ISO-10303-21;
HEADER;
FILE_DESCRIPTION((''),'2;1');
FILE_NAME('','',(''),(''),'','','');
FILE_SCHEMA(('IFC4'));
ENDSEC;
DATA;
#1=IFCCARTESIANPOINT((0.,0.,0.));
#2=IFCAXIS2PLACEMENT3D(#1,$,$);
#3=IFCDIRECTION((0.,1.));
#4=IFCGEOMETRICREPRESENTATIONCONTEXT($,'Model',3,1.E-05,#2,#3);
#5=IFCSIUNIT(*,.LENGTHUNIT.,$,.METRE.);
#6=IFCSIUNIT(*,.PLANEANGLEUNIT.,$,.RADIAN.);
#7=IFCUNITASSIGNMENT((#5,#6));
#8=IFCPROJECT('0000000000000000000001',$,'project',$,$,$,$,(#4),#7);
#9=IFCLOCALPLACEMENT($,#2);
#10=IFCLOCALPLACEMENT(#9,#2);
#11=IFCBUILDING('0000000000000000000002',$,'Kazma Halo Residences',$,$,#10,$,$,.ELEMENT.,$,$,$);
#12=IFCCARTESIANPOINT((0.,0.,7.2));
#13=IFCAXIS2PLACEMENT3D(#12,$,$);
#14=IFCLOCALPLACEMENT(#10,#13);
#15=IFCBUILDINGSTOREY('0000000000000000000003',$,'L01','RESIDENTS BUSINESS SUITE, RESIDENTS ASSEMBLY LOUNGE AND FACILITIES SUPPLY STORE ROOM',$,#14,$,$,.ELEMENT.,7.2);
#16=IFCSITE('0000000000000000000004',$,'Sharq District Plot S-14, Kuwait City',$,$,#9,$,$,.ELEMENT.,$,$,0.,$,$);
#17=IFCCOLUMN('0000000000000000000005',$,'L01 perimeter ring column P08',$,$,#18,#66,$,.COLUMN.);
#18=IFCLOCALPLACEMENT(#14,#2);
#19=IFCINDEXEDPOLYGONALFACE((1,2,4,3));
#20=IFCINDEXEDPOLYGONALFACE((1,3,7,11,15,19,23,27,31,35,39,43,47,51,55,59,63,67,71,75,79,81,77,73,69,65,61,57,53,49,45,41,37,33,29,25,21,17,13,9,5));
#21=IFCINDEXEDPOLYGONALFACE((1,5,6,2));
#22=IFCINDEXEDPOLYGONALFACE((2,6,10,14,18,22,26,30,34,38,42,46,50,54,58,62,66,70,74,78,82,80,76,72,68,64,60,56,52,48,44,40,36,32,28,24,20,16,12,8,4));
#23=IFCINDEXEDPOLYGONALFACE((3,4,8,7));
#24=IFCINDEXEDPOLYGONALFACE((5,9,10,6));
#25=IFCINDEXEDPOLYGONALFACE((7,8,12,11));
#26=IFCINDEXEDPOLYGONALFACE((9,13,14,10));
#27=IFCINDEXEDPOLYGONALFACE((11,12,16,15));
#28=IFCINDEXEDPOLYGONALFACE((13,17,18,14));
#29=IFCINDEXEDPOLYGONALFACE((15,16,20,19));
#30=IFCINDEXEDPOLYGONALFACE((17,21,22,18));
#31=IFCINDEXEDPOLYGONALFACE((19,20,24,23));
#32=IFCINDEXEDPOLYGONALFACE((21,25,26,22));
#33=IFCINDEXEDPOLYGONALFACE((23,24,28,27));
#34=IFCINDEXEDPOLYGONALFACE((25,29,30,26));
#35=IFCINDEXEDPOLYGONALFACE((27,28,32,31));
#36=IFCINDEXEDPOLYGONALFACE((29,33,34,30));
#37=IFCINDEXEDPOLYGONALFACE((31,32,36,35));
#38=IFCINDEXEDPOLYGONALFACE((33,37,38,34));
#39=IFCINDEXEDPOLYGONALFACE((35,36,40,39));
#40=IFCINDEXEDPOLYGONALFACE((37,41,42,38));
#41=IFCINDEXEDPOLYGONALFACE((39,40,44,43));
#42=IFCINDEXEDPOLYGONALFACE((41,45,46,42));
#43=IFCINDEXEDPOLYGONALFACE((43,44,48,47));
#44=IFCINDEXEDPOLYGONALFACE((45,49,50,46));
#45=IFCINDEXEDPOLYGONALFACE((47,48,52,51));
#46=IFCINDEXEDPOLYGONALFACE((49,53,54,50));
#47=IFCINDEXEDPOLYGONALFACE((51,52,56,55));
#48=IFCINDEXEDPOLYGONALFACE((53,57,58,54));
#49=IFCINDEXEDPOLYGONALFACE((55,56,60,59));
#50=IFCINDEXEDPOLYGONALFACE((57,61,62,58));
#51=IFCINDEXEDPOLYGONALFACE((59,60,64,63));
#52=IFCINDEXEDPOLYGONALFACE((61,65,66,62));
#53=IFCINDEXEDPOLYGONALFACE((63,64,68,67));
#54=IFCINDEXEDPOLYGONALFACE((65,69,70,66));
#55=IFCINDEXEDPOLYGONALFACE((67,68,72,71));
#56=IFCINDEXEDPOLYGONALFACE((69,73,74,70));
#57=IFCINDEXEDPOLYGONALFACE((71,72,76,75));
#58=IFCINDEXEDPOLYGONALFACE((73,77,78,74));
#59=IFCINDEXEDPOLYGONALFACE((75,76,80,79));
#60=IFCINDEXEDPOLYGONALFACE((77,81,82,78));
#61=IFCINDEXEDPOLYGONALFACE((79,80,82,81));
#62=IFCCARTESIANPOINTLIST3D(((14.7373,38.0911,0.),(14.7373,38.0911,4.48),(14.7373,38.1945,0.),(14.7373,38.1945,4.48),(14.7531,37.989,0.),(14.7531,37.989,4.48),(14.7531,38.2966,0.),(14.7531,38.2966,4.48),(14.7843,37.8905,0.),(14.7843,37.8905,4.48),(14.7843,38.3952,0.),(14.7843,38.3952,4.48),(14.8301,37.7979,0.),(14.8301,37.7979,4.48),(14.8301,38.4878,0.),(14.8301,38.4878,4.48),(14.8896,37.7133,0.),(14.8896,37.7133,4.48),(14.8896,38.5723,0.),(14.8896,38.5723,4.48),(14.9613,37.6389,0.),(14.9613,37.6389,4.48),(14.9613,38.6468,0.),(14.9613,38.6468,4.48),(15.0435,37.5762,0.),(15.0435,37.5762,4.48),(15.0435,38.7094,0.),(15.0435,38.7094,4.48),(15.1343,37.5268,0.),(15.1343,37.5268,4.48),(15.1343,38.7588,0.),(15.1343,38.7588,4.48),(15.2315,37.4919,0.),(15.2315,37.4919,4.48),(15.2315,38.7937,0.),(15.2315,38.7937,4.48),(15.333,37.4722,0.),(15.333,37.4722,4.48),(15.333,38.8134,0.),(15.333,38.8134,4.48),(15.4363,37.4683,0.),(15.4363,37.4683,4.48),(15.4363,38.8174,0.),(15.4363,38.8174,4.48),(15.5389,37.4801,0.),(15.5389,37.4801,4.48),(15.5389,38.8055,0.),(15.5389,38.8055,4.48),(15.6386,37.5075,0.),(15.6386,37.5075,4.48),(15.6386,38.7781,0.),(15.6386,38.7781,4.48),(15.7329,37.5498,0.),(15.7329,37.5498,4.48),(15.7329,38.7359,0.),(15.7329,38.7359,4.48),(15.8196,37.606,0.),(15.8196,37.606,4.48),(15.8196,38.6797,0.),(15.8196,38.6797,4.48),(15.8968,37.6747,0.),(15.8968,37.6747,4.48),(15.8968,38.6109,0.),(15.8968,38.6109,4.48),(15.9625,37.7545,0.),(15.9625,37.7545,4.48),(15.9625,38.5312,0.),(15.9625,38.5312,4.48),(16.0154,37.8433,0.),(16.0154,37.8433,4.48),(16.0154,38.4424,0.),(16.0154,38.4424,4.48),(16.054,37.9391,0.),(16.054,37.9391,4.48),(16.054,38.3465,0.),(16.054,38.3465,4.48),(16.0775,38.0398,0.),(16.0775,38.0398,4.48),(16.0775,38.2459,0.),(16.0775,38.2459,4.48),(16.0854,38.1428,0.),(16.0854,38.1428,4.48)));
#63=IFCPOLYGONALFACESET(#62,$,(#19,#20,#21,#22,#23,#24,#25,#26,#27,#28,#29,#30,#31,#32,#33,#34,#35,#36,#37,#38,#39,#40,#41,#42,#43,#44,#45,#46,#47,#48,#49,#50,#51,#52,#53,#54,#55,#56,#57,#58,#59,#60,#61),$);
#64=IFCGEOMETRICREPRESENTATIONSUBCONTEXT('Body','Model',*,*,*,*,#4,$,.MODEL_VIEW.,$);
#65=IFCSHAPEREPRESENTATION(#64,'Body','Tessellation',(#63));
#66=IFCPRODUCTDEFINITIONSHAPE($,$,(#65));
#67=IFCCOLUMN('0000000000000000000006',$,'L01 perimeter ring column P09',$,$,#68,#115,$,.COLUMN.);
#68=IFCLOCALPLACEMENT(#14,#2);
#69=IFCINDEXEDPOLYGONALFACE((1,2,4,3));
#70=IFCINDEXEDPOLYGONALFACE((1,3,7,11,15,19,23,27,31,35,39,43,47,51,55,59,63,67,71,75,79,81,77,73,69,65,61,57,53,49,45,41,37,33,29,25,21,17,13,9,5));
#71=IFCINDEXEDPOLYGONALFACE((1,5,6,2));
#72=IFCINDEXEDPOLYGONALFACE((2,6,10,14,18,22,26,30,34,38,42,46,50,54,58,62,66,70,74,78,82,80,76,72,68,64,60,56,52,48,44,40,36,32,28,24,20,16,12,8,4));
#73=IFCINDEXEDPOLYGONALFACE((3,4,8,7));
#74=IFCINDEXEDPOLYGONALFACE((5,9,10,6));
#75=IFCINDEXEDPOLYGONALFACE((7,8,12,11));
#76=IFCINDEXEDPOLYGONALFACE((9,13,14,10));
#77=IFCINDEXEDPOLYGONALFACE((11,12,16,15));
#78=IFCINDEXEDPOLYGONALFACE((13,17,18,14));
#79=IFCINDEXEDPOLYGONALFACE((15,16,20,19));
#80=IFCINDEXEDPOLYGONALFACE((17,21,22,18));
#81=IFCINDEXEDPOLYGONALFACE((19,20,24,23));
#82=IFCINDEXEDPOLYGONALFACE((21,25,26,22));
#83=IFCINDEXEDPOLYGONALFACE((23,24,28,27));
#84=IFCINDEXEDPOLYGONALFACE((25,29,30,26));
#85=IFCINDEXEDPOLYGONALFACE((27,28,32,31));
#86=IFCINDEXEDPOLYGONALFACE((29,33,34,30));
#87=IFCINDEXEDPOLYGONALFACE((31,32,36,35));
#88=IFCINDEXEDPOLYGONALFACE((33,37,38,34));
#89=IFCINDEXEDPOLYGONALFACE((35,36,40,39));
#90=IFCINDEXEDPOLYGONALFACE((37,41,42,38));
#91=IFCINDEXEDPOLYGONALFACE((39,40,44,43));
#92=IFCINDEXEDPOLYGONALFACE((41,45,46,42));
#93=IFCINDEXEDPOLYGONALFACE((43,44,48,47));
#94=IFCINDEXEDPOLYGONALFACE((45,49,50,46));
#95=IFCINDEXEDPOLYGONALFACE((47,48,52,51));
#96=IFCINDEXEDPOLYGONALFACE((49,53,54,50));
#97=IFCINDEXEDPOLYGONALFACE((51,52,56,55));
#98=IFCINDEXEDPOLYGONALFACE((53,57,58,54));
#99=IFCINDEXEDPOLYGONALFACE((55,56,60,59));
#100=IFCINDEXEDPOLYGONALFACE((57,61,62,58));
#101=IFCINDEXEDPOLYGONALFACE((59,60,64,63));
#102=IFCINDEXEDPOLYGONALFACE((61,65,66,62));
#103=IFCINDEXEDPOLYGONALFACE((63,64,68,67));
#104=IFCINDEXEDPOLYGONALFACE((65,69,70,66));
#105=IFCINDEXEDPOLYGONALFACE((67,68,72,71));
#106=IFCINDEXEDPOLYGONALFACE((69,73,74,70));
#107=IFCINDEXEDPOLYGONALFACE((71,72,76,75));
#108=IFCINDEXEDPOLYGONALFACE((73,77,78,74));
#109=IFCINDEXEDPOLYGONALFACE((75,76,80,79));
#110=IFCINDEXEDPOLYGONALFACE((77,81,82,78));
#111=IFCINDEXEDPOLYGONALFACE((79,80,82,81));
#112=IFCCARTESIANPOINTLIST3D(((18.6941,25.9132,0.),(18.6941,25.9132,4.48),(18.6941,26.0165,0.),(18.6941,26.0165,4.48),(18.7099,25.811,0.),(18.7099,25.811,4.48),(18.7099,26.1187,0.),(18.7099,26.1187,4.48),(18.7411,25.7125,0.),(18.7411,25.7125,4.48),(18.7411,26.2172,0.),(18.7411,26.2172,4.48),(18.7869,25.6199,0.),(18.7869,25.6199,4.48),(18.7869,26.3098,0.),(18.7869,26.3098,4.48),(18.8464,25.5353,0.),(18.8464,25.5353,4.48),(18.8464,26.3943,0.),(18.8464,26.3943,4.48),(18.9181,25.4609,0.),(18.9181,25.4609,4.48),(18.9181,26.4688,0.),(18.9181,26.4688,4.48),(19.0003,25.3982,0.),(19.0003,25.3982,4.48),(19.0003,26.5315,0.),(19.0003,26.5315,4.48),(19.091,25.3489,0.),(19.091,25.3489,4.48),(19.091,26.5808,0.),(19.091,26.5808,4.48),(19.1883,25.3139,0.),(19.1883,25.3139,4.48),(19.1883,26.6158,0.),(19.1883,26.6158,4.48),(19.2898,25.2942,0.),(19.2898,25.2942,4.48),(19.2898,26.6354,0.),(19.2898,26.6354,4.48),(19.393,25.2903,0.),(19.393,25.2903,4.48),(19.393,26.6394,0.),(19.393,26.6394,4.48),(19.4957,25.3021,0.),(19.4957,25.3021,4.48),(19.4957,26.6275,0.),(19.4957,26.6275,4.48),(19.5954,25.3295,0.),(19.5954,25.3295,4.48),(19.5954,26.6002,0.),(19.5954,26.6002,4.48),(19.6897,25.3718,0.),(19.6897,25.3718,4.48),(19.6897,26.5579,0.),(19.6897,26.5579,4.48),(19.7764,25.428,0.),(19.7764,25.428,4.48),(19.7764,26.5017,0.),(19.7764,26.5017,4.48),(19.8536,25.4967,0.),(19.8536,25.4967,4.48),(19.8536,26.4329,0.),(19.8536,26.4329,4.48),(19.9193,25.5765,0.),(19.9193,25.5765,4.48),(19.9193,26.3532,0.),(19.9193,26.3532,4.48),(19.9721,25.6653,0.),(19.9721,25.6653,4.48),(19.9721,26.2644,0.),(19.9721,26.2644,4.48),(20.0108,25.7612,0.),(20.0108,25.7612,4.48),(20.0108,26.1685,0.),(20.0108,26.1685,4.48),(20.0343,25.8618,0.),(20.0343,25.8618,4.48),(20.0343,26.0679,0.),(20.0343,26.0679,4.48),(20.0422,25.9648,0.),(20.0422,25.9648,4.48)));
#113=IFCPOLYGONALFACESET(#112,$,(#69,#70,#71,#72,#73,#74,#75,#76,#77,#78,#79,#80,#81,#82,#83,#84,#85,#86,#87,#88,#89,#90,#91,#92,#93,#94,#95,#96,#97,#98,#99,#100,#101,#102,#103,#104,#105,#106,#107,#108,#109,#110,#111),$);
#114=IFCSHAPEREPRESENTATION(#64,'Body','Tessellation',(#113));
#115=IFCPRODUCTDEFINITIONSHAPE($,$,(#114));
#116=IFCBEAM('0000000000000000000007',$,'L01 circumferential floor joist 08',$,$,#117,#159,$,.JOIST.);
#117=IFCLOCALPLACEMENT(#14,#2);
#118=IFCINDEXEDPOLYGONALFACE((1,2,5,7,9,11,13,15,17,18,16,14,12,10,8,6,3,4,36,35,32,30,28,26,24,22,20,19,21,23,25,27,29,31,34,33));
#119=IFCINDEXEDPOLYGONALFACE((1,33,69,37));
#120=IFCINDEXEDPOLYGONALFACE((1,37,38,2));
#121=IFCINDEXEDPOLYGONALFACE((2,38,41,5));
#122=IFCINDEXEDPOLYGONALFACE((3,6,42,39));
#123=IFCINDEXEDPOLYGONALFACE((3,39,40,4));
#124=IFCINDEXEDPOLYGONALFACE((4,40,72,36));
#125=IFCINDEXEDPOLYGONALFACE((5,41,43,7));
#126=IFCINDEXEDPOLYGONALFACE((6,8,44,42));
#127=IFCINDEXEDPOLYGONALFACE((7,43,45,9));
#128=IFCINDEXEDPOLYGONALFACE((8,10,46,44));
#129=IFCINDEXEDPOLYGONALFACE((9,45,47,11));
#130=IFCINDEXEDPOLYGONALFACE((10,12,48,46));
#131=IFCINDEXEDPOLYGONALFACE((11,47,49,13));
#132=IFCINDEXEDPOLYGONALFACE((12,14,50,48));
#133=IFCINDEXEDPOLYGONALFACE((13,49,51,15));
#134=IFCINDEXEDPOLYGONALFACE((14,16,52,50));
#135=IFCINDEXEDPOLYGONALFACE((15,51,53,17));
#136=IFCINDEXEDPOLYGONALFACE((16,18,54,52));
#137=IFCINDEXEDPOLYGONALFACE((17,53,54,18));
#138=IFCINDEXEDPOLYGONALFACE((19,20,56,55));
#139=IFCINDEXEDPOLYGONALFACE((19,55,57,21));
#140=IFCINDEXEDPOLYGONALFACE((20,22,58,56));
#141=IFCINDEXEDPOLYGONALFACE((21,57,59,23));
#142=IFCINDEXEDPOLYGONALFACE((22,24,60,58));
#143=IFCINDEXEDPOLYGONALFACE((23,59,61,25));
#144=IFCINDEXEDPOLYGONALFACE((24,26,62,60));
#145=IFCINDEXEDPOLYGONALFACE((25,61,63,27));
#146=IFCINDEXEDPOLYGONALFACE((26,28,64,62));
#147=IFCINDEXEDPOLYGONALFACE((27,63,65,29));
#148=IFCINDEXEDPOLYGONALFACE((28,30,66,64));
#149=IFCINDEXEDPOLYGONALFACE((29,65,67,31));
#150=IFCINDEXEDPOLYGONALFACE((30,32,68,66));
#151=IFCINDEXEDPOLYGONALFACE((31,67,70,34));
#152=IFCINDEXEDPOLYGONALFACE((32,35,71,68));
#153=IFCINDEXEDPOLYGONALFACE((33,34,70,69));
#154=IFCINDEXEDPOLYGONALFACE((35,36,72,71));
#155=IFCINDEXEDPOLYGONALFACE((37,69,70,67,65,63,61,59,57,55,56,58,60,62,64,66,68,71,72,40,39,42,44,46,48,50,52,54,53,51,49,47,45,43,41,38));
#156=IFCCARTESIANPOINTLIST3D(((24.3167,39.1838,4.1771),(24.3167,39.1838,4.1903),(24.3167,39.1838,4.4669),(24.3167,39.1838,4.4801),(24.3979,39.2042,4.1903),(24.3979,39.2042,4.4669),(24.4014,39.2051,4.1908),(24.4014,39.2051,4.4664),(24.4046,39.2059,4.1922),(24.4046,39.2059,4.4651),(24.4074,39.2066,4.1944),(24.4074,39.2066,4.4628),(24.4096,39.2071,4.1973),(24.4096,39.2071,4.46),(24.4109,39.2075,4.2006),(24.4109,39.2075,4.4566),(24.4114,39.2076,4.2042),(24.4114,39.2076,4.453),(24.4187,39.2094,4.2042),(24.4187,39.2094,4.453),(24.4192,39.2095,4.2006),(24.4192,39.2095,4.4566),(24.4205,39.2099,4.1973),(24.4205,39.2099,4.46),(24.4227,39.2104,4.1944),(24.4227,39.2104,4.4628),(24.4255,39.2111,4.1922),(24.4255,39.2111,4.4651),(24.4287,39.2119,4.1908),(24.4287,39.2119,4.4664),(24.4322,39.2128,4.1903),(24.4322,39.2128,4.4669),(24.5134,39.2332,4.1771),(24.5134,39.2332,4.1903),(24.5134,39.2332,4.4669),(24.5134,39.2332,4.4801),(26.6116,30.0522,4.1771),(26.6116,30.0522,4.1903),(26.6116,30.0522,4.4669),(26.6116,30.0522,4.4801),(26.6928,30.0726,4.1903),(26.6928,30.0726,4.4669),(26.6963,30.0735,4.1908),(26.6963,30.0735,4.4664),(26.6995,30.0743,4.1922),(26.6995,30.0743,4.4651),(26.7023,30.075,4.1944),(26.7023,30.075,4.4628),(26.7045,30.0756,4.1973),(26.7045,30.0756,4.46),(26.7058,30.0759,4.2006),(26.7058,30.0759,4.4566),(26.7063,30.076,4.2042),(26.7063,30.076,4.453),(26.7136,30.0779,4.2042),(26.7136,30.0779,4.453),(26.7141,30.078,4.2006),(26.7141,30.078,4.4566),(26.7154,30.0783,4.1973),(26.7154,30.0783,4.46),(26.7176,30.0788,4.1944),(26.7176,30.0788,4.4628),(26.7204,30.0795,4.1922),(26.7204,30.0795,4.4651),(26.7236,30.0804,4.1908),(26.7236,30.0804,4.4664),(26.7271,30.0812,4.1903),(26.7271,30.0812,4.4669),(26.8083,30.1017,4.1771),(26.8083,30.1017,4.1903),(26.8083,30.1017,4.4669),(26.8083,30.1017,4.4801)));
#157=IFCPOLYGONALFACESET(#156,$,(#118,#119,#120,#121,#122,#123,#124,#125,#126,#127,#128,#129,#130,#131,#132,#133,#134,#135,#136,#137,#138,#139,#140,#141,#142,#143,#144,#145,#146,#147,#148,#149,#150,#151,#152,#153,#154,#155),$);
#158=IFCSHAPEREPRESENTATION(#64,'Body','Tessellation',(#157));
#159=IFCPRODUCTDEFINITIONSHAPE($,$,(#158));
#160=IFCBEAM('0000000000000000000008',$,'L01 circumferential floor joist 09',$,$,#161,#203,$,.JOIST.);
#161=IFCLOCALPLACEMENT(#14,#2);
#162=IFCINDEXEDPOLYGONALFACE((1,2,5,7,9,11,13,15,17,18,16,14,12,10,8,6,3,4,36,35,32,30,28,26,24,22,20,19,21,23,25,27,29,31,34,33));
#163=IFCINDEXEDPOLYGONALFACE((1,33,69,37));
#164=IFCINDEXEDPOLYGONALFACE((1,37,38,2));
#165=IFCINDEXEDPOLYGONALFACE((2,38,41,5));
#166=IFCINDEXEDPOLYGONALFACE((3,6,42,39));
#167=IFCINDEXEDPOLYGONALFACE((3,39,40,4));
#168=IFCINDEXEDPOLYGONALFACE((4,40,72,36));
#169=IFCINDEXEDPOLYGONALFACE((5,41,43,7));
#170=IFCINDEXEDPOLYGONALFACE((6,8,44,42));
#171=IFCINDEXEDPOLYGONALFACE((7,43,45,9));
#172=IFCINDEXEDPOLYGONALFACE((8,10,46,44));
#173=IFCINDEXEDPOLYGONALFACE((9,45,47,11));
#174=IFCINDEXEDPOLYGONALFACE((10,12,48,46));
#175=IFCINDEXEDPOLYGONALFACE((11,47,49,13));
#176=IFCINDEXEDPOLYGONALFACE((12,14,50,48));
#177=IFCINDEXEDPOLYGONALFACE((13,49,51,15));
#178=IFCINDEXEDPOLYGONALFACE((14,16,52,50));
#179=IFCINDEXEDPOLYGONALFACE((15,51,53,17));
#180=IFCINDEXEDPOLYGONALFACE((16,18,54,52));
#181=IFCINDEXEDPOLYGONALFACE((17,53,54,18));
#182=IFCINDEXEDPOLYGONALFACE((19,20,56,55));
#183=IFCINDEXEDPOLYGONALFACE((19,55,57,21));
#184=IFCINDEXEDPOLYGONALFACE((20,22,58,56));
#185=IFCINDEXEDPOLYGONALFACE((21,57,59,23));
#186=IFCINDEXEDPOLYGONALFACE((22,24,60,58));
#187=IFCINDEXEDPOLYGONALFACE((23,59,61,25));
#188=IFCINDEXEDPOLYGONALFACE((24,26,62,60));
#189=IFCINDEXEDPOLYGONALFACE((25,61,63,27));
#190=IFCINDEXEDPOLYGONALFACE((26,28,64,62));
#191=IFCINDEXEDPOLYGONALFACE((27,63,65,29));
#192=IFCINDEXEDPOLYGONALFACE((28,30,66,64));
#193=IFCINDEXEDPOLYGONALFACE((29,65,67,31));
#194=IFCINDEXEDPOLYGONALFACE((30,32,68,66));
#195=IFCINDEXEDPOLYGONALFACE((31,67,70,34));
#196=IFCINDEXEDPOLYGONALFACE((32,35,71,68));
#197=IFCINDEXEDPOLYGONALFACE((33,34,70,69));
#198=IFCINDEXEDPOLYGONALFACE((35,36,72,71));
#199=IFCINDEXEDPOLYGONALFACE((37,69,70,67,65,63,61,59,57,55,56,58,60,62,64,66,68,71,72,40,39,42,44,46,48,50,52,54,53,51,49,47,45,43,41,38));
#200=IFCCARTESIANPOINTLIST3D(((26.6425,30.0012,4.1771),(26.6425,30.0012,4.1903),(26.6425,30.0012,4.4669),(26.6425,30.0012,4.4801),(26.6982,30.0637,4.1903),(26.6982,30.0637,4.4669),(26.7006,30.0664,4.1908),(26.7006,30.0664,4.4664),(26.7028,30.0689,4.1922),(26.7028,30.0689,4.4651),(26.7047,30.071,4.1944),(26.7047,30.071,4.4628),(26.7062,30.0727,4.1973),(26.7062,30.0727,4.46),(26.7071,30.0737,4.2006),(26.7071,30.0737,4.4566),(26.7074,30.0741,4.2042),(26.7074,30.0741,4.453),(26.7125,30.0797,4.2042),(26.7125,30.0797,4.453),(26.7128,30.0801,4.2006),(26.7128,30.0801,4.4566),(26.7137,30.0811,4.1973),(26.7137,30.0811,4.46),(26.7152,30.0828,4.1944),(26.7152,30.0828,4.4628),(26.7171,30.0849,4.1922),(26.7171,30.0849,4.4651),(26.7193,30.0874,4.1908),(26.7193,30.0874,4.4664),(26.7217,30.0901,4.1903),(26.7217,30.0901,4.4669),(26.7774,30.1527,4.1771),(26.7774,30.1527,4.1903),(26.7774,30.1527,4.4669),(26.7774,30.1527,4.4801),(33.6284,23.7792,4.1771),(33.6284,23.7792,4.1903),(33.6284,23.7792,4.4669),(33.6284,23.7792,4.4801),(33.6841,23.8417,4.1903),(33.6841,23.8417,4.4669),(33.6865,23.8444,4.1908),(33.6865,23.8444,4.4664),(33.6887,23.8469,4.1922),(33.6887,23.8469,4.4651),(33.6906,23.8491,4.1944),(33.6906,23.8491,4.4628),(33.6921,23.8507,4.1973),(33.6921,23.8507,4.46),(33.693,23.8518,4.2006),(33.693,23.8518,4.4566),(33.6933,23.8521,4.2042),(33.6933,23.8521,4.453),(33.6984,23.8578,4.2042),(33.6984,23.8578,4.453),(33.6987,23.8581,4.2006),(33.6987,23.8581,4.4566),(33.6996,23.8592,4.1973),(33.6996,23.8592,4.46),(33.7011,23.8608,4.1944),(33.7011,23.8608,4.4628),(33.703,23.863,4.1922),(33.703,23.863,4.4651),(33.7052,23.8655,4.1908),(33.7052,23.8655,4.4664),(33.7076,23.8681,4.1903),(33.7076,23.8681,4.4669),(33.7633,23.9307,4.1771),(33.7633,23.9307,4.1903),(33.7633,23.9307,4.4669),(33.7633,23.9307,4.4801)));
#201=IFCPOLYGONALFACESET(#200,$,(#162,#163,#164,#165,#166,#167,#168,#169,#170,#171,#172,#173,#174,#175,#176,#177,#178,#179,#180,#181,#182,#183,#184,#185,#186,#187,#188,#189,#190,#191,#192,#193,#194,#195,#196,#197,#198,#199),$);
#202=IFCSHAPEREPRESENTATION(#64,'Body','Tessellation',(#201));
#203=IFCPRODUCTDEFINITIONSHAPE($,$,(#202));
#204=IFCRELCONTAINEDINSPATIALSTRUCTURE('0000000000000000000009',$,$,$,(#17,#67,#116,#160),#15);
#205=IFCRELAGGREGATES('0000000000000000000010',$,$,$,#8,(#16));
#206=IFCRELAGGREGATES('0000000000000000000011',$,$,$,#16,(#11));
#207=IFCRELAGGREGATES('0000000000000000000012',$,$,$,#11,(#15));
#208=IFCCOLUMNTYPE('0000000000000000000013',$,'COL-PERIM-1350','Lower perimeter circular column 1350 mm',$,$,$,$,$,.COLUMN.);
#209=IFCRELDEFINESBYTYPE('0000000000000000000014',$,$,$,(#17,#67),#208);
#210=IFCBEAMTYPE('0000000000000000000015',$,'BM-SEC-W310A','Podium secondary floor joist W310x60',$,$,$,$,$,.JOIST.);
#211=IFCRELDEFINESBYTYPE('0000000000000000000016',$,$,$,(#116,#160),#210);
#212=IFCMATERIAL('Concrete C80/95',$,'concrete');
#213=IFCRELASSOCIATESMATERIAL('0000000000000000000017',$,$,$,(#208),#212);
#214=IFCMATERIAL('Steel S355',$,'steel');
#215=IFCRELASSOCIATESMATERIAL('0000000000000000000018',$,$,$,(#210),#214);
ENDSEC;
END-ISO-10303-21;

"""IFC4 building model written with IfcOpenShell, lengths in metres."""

from ifc_helpers import new_model, si_unit, direction, frame, origin, origin_2d, place, context, subcontext, project, spatial, circle, i_section, extrude, material, material_profile, profile_set, type_object, element, save


model = new_model("IFC4")

# Units and contexts
model_context = context("Model", 3, precision=1e-05, world=origin(), true_north=direction((0.0, 1.0)))
body_context = subcontext(model_context, "Body", "Model", "MODEL_VIEW")
ifc_project = project(units=[si_unit("LENGTHUNIT", "METRE"), si_unit("PLANEANGLEUNIT", "RADIAN")], contexts=[model_context])

# Site, building, storey
site_placement = place(None, origin())
site = spatial("IfcSite", under=ifc_project, at=site_placement, Name="Sharq District Plot S-14, Kuwait City", CompositionType="ELEMENT", RefElevation=0.0)
building_placement = place(site_placement, origin())
building = spatial("IfcBuilding", under=site, at=building_placement, Name="Kazma Halo Residences", CompositionType="ELEMENT")
storey_placement = place(building_placement, frame((0.0, 0.0, 7.2)))
storey = spatial("IfcBuildingStorey", under=building, at=storey_placement, Name="L01", Description="RESIDENTS BUSINESS SUITE, RESIDENTS ASSEMBLY LOUNGE AND FACILITIES SUPPLY STORE ROOM", CompositionType="ELEMENT", Elevation=7.2)

# Columns
ifc_material_1 = material(Name="Concrete C80/95", Category="concrete")
ifc_material_profile_1 = material_profile(ifc_material_1, circle(Radius=0.675, at=origin_2d()), Name="CIRC1350")
ifc_profile_set_1 = profile_set([ifc_material_profile_1], Name="Concrete C80/95")
column_type = type_object("IfcColumnType", Name="COL-PERIM-1350", Description="Lower perimeter circular column 1350 mm", PredefinedType="COLUMN", material=ifc_profile_set_1)
for number, where, z_axis, x_axis, name in (
    (1, (15.4104, 38.1428, 0.0), (0.0, 0.0, 1.0), (1.0, 0.0, 0.0), "L01 perimeter ring column P08"),
    (2, (19.3672, 25.9648, 0.0), (0.0, 0.0, 1.0), (1.0, 0.0, 0.0), "L01 perimeter ring column P09"),
):
    element("IfcColumn", number, at=place(storey_placement, frame(where, z_axis=z_axis, x_axis=x_axis)), inside=storey, type_object=column_type, Name=name, PredefinedType="COLUMN", context=body_context, shape_type="SweptSolid", body=[
        extrude(circle(Radius=0.675, at=origin_2d()), origin(), (0.0, 0.0, 1.0), 4.48),
    ])

# Beams
ifc_material_2 = material(Name="Steel S355", Category="steel")
ifc_material_profile_2 = material_profile(ifc_material_2, i_section(OverallWidth=0.2029, OverallDepth=0.303, WebThickness=0.0076, FlangeThickness=0.0132, FilletRadius=0.0139, at=origin_2d()), Name="W310x60")
ifc_profile_set_2 = profile_set([ifc_material_profile_2], Name="Steel S355")
beam_type_1 = type_object("IfcBeamType", Name="BM-SEC-W310A", Description="Podium secondary floor joist W310x60", PredefinedType="JOIST", material=ifc_profile_set_2)
beam_1_placement = place(storey_placement, frame((24.415, 39.2085, 4.3286), z_axis=(0.243737, -0.969841, 0.0), x_axis=(0.969841, 0.243737, 0.0)))
element("IfcBeam", 3, at=beam_1_placement, inside=storey, type_object=beam_type_1, Name="L01 circumferential floor joist 08", PredefinedType="JOIST", context=body_context, shape_type="SweptSolid", body=[
    extrude(i_section(OverallWidth=0.2029, OverallDepth=0.303, WebThickness=0.0076, FlangeThickness=0.0132, FilletRadius=0.0139, at=origin_2d()), origin(), (0.0, 0.0, 1.0), 9.4155),
])
beam_2_placement = place(storey_placement, frame((26.71, 30.0769, 4.3286), z_axis=(0.746757, -0.665097, 0.0), x_axis=(0.665097, 0.746757, 0.0)))
element("IfcBeam", 4, at=beam_2_placement, inside=storey, type_object=beam_type_1, Name="L01 circumferential floor joist 09", PredefinedType="JOIST", context=body_context, shape_type="SweptSolid", body=[
    extrude(i_section(OverallWidth=0.2029, OverallDepth=0.303, WebThickness=0.0076, FlangeThickness=0.0132, FilletRadius=0.0139, at=origin_2d()), origin(), (0.0, 0.0, 1.0), 9.355),
])

save(model, "model.ifc")
